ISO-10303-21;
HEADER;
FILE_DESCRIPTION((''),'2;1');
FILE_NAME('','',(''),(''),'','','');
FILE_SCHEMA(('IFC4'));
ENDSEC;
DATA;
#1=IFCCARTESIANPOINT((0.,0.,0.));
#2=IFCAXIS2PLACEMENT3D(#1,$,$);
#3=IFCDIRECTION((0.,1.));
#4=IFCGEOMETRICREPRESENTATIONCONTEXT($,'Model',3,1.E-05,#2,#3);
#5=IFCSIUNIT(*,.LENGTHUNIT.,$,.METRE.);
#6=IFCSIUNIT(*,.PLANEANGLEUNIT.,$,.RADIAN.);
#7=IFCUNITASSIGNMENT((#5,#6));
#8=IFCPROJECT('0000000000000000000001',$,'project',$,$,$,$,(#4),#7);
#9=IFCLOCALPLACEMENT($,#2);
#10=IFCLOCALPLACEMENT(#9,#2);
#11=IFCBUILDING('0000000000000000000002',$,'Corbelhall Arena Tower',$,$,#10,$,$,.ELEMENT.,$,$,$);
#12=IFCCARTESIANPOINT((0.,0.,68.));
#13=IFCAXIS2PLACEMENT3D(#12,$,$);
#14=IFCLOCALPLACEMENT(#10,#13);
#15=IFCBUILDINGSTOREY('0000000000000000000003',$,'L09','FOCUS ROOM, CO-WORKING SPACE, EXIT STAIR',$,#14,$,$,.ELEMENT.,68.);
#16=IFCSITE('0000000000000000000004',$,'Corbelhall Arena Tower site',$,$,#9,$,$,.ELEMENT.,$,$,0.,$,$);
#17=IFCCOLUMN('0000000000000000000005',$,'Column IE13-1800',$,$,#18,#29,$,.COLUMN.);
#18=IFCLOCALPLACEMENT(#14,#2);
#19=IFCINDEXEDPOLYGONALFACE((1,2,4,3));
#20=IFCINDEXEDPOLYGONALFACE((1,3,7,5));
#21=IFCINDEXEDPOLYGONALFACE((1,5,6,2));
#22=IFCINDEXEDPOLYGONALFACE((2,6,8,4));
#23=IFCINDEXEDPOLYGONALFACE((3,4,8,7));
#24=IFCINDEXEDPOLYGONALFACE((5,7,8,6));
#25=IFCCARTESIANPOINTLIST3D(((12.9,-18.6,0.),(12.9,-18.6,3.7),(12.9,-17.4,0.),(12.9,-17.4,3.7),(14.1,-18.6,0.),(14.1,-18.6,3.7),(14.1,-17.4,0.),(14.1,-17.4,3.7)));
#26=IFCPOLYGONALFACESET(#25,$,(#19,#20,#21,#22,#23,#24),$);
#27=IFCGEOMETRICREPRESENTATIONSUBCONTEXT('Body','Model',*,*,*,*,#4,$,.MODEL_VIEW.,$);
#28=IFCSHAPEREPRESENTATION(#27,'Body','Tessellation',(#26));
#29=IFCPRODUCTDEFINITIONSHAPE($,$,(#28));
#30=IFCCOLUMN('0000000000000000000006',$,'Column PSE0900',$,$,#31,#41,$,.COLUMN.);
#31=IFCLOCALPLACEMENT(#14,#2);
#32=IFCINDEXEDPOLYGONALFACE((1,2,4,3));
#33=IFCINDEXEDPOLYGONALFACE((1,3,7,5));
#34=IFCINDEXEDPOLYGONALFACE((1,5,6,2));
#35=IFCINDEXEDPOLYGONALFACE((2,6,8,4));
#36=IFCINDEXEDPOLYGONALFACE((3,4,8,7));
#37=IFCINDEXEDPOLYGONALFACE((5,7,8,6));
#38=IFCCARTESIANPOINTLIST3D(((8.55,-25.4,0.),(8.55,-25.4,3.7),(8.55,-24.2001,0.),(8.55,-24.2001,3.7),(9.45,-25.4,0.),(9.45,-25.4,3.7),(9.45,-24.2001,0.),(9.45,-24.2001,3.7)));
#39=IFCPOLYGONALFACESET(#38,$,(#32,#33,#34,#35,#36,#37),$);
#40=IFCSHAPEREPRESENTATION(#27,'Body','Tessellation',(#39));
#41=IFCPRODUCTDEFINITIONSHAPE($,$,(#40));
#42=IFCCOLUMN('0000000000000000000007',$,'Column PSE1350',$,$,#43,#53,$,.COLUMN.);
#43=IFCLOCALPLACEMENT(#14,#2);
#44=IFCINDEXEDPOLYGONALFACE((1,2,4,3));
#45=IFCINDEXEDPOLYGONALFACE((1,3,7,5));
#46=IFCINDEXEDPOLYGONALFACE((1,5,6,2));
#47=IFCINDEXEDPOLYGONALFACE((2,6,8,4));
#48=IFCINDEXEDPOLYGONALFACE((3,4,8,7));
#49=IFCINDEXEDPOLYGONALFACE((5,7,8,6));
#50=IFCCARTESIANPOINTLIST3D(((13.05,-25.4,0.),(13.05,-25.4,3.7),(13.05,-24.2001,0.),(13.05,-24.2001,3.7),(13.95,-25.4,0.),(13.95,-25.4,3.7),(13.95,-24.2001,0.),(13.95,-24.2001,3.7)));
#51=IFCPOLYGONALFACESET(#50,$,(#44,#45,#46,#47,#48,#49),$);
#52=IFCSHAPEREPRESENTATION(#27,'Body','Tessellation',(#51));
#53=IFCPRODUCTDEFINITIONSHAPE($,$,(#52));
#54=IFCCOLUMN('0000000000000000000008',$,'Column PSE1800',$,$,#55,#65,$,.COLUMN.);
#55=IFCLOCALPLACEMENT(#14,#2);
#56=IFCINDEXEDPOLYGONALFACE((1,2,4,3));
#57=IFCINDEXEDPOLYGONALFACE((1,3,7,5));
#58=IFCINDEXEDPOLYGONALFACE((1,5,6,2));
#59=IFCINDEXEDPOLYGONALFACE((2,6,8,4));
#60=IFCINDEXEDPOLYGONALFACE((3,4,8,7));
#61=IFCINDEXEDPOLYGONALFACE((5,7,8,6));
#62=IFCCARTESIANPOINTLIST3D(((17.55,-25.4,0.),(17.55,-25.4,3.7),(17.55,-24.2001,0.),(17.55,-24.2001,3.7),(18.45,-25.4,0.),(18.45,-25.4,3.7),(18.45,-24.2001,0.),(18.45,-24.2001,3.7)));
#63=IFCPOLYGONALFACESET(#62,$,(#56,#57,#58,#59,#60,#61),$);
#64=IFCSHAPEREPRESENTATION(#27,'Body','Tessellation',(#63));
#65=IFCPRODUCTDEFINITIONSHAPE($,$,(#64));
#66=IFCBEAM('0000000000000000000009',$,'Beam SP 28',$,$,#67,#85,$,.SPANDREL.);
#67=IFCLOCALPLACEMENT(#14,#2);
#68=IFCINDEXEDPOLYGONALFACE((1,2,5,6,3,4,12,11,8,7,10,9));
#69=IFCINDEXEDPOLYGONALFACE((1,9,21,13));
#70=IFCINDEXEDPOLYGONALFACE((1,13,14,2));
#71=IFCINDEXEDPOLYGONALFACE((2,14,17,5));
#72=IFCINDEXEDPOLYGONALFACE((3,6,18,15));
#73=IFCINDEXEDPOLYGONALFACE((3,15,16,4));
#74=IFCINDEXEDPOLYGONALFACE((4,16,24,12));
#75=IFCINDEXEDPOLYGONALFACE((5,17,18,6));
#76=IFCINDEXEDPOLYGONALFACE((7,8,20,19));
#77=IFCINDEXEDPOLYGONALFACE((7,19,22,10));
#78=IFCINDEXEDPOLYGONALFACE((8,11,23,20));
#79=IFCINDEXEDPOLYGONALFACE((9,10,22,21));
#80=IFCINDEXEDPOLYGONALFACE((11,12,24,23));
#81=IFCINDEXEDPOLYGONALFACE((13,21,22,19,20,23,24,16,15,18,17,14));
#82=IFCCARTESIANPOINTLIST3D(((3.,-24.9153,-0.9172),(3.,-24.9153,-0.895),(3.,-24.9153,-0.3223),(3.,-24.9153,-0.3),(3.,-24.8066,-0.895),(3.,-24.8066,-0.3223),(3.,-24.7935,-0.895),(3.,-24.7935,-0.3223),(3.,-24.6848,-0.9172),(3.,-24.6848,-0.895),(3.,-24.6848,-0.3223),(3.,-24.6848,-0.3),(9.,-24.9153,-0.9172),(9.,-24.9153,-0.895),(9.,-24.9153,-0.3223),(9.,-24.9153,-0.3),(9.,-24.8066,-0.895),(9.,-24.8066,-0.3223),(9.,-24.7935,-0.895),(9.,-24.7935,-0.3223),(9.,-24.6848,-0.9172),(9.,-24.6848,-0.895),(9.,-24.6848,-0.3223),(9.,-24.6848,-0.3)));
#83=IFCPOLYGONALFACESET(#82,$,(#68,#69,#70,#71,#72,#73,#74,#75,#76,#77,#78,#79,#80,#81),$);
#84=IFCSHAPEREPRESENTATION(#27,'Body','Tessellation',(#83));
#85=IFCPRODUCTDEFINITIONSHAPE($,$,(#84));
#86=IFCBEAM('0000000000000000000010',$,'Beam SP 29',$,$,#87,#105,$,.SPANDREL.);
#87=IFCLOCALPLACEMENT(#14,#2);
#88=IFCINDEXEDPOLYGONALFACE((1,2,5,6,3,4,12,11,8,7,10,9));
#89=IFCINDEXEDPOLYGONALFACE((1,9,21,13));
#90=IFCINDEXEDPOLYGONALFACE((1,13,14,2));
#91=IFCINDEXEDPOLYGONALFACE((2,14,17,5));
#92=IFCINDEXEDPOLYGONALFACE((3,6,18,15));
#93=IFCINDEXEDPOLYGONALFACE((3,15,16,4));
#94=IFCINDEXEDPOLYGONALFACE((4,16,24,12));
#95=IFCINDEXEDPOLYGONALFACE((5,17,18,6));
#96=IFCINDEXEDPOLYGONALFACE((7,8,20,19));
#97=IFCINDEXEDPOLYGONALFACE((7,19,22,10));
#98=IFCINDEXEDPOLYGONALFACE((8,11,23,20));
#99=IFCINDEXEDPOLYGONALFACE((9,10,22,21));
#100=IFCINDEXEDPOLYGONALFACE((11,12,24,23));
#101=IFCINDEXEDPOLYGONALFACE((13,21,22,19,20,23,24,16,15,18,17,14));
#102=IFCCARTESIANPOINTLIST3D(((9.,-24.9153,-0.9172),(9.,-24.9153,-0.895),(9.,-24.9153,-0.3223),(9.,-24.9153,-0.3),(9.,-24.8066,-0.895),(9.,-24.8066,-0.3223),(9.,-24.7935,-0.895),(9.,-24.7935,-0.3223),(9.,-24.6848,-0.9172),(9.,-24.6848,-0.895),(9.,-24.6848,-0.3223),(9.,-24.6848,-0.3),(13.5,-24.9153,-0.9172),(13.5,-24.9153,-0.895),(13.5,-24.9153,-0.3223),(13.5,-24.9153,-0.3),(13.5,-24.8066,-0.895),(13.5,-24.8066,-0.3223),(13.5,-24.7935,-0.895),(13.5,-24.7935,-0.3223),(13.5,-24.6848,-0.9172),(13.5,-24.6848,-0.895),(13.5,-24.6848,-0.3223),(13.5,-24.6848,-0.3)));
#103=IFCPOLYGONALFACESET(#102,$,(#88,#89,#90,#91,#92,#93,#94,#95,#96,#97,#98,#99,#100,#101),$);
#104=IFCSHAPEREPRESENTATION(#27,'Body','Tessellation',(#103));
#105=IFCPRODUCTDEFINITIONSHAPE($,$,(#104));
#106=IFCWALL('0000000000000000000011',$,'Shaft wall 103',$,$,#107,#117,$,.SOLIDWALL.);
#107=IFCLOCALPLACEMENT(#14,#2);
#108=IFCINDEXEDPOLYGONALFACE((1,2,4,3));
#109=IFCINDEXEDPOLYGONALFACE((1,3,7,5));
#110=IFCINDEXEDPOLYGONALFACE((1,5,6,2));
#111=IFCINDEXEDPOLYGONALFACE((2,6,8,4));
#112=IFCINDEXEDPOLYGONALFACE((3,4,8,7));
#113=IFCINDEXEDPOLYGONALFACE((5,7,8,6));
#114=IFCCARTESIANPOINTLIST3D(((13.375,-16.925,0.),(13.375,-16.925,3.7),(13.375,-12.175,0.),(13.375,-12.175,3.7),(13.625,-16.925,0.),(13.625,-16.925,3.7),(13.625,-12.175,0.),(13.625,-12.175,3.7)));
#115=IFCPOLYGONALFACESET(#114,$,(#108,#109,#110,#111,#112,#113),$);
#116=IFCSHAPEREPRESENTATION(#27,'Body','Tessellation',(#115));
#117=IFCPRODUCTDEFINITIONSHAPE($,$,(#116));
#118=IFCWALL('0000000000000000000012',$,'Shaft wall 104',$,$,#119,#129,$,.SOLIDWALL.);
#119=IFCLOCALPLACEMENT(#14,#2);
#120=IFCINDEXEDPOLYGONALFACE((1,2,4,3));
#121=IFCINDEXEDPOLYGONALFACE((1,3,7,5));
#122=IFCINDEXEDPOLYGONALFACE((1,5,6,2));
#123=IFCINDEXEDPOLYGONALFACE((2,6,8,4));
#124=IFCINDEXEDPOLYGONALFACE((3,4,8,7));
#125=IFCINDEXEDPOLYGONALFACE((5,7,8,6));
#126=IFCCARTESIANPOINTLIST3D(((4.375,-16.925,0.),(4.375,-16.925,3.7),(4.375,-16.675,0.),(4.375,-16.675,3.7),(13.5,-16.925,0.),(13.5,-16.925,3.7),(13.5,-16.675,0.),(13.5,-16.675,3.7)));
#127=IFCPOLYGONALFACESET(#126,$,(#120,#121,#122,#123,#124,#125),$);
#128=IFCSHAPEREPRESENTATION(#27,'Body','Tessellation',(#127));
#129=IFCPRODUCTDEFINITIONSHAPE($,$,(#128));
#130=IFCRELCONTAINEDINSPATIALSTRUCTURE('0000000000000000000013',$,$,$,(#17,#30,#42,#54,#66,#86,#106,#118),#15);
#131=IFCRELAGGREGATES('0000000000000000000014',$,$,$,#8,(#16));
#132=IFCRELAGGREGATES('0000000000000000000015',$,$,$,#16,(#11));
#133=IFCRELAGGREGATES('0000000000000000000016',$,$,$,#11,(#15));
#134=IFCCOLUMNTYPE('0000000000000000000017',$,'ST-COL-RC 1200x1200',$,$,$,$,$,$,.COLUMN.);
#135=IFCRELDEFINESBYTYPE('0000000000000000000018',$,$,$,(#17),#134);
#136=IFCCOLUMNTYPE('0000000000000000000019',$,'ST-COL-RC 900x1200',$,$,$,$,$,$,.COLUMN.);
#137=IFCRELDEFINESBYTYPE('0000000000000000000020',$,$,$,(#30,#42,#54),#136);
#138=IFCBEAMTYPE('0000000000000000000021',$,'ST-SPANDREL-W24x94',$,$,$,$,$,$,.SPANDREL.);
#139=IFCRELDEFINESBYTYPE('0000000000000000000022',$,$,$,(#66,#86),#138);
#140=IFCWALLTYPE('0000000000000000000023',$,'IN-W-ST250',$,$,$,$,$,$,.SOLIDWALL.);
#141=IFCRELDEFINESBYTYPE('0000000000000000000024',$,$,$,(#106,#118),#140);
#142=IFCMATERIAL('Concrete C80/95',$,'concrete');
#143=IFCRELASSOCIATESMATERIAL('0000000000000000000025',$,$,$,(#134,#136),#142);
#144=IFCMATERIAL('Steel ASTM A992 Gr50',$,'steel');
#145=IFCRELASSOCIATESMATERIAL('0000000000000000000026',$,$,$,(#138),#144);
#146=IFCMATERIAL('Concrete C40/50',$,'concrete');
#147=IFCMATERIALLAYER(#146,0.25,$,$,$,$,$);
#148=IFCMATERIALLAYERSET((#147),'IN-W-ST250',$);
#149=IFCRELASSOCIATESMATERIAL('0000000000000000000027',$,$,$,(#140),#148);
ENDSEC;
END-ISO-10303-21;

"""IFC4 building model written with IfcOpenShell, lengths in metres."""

from ifc_helpers import new_model, si_unit, direction, frame, frame_2d, origin, origin_2d, place, context, subcontext, project, spatial, rectangle, i_section, extrude, material, layer, layer_set, material_profile, profile_set, type_object, element, save


model = new_model("IFC4")

# Units and contexts
model_context = context("Model", 3, precision=1e-05, world=origin(), true_north=direction((0.0, 1.0)))
body_context = subcontext(model_context, "Body", "Model", "MODEL_VIEW")
ifc_project = project(units=[si_unit("LENGTHUNIT", "METRE"), si_unit("PLANEANGLEUNIT", "RADIAN")], contexts=[model_context])

# Site, building, storey
site_placement = place(None, origin())
site = spatial("IfcSite", under=ifc_project, at=site_placement, Name="Corbelhall Arena Tower site", CompositionType="ELEMENT", RefElevation=0.0)
building_placement = place(site_placement, origin())
building = spatial("IfcBuilding", under=site, at=building_placement, Name="Corbelhall Arena Tower", CompositionType="ELEMENT")
storey_placement = place(building_placement, frame((0.0, 0.0, 68.0)))
storey = spatial("IfcBuildingStorey", under=building, at=storey_placement, Name="L09", Description="FOCUS ROOM, CO-WORKING SPACE, EXIT STAIR", CompositionType="ELEMENT", Elevation=68.0)

# Columns
ifc_material_1 = material(Name="Concrete C80/95", Category="concrete")
ifc_material_profile_1 = material_profile(ifc_material_1, rectangle(XDim=1.2, YDim=1.2, at=origin_2d()))
ifc_profile_set_1 = profile_set([ifc_material_profile_1], Name="Concrete C80/95")
column_type_1 = type_object("IfcColumnType", Name="ST-COL-RC 1200x1200", PredefinedType="COLUMN", material=ifc_profile_set_1)
column_placement = place(storey_placement, frame((13.5, -18.0, 0.0), z_axis=(0.0, 0.0, 1.0), x_axis=(1.0, 0.0, 0.0)))
element("IfcColumn", 1, at=column_placement, inside=storey, type_object=column_type_1, Name="Column IE13-1800", PredefinedType="COLUMN", context=body_context, shape_type="SweptSolid", body=[
    extrude(rectangle(XDim=1.2, YDim=1.2, at=origin_2d()), origin(), (0.0, 0.0, 1.0), 3.7),
])
ifc_material_profile_2 = material_profile(ifc_material_1, rectangle(XDim=0.8999, YDim=1.2, at=origin_2d()))
ifc_profile_set_2 = profile_set([ifc_material_profile_2], Name="Concrete C80/95")
column_type_2 = type_object("IfcColumnType", Name="ST-COL-RC 900x1200", PredefinedType="COLUMN", material=ifc_profile_set_2)
for number, where, z_axis, x_axis, name in (
    (2, (9.0, -24.8, 0.0), (0.0, 0.0, 1.0), (1.0, 0.0, 0.0), "Column PSE0900"),
    (3, (13.5, -24.8, 0.0), (0.0, 0.0, 1.0), (1.0, 0.0, 0.0), "Column PSE1350"),
    (4, (18.0, -24.8, 0.0), (0.0, 0.0, 1.0), (1.0, 0.0, 0.0), "Column PSE1800"),
):
    element("IfcColumn", number, at=place(storey_placement, frame(where, z_axis=z_axis, x_axis=x_axis)), inside=storey, type_object=column_type_2, Name=name, PredefinedType="COLUMN", context=body_context, shape_type="SweptSolid", body=[
        extrude(rectangle(XDim=0.8999, YDim=1.2, at=origin_2d()), origin(), (0.0, 0.0, 1.0), 3.7),
    ])

# Beams
ifc_material_2 = material(Name="Steel ASTM A992 Gr50", Category="steel")
ifc_material_profile_3 = material_profile(ifc_material_2, i_section(OverallWidth=0.2305, OverallDepth=0.6172, WebThickness=0.0132, FlangeThickness=0.0222, at=origin_2d()))
ifc_profile_set_3 = profile_set([ifc_material_profile_3], Name="Steel ASTM A992 Gr50")
beam_type = type_object("IfcBeamType", Name="ST-SPANDREL-W24x94", PredefinedType="SPANDREL", material=ifc_profile_set_3)
beam_1_placement = place(storey_placement, frame((9.0, -24.8, -0.6086), z_axis=(-1.0, 0.0, 0.0), x_axis=(0.0, -1.0, 0.0)))
element("IfcBeam", 5, at=beam_1_placement, inside=storey, type_object=beam_type, Name="Beam SP 28", PredefinedType="SPANDREL", context=body_context, shape_type="SweptSolid", body=[
    extrude(i_section(OverallWidth=0.2305, OverallDepth=0.6172, WebThickness=0.0132, FlangeThickness=0.0222, at=origin_2d()), origin(), (0.0, 0.0, 1.0), 6.0),
])
beam_2_placement = place(storey_placement, frame((13.5, -24.8, -0.6086), z_axis=(-1.0, 0.0, 0.0), x_axis=(0.0, -1.0, 0.0)))
element("IfcBeam", 6, at=beam_2_placement, inside=storey, type_object=beam_type, Name="Beam SP 29", PredefinedType="SPANDREL", context=body_context, shape_type="SweptSolid", body=[
    extrude(i_section(OverallWidth=0.2305, OverallDepth=0.6172, WebThickness=0.0132, FlangeThickness=0.0222, at=origin_2d()), origin(), (0.0, 0.0, 1.0), 4.5),
])

# Walls
ifc_material_3 = material(Name="Concrete C40/50", Category="concrete")
ifc_layer_1 = layer(ifc_material_3, 0.25)
ifc_layer_set_1 = layer_set([ifc_layer_1], Name="IN-W-ST250")
wall_type_1 = type_object("IfcWallType", Name="IN-W-ST250", PredefinedType="SOLIDWALL", material=ifc_layer_set_1)
wall_1_placement = place(storey_placement, frame((13.5, -16.925, 0.0), z_axis=(0.0, 0.0, 1.0), x_axis=(0.0, 1.0, 0.0)))
element("IfcWall", 7, at=wall_1_placement, inside=storey, type_object=wall_type_1, Name="Shaft wall 103", PredefinedType="SOLIDWALL", context=body_context, shape_type="SweptSolid", body=[
    extrude(rectangle(XDim=4.75, YDim=0.25, at=frame_2d((2.375, 0.0))), origin(), (0.0, 0.0, 1.0), 3.7),
])
wall_2_placement = place(storey_placement, frame((13.5, -16.8, 0.0), z_axis=(0.0, 0.0, 1.0), x_axis=(-1.0, 0.0, 0.0)))
element("IfcWall", 8, at=wall_2_placement, inside=storey, type_object=wall_type_1, Name="Shaft wall 104", PredefinedType="SOLIDWALL", context=body_context, shape_type="SweptSolid", body=[
    extrude(rectangle(XDim=9.125, YDim=0.25, at=frame_2d((4.5625, 0.0))), origin(), (0.0, 0.0, 1.0), 3.7),
])

save(model, "model.ifc")
